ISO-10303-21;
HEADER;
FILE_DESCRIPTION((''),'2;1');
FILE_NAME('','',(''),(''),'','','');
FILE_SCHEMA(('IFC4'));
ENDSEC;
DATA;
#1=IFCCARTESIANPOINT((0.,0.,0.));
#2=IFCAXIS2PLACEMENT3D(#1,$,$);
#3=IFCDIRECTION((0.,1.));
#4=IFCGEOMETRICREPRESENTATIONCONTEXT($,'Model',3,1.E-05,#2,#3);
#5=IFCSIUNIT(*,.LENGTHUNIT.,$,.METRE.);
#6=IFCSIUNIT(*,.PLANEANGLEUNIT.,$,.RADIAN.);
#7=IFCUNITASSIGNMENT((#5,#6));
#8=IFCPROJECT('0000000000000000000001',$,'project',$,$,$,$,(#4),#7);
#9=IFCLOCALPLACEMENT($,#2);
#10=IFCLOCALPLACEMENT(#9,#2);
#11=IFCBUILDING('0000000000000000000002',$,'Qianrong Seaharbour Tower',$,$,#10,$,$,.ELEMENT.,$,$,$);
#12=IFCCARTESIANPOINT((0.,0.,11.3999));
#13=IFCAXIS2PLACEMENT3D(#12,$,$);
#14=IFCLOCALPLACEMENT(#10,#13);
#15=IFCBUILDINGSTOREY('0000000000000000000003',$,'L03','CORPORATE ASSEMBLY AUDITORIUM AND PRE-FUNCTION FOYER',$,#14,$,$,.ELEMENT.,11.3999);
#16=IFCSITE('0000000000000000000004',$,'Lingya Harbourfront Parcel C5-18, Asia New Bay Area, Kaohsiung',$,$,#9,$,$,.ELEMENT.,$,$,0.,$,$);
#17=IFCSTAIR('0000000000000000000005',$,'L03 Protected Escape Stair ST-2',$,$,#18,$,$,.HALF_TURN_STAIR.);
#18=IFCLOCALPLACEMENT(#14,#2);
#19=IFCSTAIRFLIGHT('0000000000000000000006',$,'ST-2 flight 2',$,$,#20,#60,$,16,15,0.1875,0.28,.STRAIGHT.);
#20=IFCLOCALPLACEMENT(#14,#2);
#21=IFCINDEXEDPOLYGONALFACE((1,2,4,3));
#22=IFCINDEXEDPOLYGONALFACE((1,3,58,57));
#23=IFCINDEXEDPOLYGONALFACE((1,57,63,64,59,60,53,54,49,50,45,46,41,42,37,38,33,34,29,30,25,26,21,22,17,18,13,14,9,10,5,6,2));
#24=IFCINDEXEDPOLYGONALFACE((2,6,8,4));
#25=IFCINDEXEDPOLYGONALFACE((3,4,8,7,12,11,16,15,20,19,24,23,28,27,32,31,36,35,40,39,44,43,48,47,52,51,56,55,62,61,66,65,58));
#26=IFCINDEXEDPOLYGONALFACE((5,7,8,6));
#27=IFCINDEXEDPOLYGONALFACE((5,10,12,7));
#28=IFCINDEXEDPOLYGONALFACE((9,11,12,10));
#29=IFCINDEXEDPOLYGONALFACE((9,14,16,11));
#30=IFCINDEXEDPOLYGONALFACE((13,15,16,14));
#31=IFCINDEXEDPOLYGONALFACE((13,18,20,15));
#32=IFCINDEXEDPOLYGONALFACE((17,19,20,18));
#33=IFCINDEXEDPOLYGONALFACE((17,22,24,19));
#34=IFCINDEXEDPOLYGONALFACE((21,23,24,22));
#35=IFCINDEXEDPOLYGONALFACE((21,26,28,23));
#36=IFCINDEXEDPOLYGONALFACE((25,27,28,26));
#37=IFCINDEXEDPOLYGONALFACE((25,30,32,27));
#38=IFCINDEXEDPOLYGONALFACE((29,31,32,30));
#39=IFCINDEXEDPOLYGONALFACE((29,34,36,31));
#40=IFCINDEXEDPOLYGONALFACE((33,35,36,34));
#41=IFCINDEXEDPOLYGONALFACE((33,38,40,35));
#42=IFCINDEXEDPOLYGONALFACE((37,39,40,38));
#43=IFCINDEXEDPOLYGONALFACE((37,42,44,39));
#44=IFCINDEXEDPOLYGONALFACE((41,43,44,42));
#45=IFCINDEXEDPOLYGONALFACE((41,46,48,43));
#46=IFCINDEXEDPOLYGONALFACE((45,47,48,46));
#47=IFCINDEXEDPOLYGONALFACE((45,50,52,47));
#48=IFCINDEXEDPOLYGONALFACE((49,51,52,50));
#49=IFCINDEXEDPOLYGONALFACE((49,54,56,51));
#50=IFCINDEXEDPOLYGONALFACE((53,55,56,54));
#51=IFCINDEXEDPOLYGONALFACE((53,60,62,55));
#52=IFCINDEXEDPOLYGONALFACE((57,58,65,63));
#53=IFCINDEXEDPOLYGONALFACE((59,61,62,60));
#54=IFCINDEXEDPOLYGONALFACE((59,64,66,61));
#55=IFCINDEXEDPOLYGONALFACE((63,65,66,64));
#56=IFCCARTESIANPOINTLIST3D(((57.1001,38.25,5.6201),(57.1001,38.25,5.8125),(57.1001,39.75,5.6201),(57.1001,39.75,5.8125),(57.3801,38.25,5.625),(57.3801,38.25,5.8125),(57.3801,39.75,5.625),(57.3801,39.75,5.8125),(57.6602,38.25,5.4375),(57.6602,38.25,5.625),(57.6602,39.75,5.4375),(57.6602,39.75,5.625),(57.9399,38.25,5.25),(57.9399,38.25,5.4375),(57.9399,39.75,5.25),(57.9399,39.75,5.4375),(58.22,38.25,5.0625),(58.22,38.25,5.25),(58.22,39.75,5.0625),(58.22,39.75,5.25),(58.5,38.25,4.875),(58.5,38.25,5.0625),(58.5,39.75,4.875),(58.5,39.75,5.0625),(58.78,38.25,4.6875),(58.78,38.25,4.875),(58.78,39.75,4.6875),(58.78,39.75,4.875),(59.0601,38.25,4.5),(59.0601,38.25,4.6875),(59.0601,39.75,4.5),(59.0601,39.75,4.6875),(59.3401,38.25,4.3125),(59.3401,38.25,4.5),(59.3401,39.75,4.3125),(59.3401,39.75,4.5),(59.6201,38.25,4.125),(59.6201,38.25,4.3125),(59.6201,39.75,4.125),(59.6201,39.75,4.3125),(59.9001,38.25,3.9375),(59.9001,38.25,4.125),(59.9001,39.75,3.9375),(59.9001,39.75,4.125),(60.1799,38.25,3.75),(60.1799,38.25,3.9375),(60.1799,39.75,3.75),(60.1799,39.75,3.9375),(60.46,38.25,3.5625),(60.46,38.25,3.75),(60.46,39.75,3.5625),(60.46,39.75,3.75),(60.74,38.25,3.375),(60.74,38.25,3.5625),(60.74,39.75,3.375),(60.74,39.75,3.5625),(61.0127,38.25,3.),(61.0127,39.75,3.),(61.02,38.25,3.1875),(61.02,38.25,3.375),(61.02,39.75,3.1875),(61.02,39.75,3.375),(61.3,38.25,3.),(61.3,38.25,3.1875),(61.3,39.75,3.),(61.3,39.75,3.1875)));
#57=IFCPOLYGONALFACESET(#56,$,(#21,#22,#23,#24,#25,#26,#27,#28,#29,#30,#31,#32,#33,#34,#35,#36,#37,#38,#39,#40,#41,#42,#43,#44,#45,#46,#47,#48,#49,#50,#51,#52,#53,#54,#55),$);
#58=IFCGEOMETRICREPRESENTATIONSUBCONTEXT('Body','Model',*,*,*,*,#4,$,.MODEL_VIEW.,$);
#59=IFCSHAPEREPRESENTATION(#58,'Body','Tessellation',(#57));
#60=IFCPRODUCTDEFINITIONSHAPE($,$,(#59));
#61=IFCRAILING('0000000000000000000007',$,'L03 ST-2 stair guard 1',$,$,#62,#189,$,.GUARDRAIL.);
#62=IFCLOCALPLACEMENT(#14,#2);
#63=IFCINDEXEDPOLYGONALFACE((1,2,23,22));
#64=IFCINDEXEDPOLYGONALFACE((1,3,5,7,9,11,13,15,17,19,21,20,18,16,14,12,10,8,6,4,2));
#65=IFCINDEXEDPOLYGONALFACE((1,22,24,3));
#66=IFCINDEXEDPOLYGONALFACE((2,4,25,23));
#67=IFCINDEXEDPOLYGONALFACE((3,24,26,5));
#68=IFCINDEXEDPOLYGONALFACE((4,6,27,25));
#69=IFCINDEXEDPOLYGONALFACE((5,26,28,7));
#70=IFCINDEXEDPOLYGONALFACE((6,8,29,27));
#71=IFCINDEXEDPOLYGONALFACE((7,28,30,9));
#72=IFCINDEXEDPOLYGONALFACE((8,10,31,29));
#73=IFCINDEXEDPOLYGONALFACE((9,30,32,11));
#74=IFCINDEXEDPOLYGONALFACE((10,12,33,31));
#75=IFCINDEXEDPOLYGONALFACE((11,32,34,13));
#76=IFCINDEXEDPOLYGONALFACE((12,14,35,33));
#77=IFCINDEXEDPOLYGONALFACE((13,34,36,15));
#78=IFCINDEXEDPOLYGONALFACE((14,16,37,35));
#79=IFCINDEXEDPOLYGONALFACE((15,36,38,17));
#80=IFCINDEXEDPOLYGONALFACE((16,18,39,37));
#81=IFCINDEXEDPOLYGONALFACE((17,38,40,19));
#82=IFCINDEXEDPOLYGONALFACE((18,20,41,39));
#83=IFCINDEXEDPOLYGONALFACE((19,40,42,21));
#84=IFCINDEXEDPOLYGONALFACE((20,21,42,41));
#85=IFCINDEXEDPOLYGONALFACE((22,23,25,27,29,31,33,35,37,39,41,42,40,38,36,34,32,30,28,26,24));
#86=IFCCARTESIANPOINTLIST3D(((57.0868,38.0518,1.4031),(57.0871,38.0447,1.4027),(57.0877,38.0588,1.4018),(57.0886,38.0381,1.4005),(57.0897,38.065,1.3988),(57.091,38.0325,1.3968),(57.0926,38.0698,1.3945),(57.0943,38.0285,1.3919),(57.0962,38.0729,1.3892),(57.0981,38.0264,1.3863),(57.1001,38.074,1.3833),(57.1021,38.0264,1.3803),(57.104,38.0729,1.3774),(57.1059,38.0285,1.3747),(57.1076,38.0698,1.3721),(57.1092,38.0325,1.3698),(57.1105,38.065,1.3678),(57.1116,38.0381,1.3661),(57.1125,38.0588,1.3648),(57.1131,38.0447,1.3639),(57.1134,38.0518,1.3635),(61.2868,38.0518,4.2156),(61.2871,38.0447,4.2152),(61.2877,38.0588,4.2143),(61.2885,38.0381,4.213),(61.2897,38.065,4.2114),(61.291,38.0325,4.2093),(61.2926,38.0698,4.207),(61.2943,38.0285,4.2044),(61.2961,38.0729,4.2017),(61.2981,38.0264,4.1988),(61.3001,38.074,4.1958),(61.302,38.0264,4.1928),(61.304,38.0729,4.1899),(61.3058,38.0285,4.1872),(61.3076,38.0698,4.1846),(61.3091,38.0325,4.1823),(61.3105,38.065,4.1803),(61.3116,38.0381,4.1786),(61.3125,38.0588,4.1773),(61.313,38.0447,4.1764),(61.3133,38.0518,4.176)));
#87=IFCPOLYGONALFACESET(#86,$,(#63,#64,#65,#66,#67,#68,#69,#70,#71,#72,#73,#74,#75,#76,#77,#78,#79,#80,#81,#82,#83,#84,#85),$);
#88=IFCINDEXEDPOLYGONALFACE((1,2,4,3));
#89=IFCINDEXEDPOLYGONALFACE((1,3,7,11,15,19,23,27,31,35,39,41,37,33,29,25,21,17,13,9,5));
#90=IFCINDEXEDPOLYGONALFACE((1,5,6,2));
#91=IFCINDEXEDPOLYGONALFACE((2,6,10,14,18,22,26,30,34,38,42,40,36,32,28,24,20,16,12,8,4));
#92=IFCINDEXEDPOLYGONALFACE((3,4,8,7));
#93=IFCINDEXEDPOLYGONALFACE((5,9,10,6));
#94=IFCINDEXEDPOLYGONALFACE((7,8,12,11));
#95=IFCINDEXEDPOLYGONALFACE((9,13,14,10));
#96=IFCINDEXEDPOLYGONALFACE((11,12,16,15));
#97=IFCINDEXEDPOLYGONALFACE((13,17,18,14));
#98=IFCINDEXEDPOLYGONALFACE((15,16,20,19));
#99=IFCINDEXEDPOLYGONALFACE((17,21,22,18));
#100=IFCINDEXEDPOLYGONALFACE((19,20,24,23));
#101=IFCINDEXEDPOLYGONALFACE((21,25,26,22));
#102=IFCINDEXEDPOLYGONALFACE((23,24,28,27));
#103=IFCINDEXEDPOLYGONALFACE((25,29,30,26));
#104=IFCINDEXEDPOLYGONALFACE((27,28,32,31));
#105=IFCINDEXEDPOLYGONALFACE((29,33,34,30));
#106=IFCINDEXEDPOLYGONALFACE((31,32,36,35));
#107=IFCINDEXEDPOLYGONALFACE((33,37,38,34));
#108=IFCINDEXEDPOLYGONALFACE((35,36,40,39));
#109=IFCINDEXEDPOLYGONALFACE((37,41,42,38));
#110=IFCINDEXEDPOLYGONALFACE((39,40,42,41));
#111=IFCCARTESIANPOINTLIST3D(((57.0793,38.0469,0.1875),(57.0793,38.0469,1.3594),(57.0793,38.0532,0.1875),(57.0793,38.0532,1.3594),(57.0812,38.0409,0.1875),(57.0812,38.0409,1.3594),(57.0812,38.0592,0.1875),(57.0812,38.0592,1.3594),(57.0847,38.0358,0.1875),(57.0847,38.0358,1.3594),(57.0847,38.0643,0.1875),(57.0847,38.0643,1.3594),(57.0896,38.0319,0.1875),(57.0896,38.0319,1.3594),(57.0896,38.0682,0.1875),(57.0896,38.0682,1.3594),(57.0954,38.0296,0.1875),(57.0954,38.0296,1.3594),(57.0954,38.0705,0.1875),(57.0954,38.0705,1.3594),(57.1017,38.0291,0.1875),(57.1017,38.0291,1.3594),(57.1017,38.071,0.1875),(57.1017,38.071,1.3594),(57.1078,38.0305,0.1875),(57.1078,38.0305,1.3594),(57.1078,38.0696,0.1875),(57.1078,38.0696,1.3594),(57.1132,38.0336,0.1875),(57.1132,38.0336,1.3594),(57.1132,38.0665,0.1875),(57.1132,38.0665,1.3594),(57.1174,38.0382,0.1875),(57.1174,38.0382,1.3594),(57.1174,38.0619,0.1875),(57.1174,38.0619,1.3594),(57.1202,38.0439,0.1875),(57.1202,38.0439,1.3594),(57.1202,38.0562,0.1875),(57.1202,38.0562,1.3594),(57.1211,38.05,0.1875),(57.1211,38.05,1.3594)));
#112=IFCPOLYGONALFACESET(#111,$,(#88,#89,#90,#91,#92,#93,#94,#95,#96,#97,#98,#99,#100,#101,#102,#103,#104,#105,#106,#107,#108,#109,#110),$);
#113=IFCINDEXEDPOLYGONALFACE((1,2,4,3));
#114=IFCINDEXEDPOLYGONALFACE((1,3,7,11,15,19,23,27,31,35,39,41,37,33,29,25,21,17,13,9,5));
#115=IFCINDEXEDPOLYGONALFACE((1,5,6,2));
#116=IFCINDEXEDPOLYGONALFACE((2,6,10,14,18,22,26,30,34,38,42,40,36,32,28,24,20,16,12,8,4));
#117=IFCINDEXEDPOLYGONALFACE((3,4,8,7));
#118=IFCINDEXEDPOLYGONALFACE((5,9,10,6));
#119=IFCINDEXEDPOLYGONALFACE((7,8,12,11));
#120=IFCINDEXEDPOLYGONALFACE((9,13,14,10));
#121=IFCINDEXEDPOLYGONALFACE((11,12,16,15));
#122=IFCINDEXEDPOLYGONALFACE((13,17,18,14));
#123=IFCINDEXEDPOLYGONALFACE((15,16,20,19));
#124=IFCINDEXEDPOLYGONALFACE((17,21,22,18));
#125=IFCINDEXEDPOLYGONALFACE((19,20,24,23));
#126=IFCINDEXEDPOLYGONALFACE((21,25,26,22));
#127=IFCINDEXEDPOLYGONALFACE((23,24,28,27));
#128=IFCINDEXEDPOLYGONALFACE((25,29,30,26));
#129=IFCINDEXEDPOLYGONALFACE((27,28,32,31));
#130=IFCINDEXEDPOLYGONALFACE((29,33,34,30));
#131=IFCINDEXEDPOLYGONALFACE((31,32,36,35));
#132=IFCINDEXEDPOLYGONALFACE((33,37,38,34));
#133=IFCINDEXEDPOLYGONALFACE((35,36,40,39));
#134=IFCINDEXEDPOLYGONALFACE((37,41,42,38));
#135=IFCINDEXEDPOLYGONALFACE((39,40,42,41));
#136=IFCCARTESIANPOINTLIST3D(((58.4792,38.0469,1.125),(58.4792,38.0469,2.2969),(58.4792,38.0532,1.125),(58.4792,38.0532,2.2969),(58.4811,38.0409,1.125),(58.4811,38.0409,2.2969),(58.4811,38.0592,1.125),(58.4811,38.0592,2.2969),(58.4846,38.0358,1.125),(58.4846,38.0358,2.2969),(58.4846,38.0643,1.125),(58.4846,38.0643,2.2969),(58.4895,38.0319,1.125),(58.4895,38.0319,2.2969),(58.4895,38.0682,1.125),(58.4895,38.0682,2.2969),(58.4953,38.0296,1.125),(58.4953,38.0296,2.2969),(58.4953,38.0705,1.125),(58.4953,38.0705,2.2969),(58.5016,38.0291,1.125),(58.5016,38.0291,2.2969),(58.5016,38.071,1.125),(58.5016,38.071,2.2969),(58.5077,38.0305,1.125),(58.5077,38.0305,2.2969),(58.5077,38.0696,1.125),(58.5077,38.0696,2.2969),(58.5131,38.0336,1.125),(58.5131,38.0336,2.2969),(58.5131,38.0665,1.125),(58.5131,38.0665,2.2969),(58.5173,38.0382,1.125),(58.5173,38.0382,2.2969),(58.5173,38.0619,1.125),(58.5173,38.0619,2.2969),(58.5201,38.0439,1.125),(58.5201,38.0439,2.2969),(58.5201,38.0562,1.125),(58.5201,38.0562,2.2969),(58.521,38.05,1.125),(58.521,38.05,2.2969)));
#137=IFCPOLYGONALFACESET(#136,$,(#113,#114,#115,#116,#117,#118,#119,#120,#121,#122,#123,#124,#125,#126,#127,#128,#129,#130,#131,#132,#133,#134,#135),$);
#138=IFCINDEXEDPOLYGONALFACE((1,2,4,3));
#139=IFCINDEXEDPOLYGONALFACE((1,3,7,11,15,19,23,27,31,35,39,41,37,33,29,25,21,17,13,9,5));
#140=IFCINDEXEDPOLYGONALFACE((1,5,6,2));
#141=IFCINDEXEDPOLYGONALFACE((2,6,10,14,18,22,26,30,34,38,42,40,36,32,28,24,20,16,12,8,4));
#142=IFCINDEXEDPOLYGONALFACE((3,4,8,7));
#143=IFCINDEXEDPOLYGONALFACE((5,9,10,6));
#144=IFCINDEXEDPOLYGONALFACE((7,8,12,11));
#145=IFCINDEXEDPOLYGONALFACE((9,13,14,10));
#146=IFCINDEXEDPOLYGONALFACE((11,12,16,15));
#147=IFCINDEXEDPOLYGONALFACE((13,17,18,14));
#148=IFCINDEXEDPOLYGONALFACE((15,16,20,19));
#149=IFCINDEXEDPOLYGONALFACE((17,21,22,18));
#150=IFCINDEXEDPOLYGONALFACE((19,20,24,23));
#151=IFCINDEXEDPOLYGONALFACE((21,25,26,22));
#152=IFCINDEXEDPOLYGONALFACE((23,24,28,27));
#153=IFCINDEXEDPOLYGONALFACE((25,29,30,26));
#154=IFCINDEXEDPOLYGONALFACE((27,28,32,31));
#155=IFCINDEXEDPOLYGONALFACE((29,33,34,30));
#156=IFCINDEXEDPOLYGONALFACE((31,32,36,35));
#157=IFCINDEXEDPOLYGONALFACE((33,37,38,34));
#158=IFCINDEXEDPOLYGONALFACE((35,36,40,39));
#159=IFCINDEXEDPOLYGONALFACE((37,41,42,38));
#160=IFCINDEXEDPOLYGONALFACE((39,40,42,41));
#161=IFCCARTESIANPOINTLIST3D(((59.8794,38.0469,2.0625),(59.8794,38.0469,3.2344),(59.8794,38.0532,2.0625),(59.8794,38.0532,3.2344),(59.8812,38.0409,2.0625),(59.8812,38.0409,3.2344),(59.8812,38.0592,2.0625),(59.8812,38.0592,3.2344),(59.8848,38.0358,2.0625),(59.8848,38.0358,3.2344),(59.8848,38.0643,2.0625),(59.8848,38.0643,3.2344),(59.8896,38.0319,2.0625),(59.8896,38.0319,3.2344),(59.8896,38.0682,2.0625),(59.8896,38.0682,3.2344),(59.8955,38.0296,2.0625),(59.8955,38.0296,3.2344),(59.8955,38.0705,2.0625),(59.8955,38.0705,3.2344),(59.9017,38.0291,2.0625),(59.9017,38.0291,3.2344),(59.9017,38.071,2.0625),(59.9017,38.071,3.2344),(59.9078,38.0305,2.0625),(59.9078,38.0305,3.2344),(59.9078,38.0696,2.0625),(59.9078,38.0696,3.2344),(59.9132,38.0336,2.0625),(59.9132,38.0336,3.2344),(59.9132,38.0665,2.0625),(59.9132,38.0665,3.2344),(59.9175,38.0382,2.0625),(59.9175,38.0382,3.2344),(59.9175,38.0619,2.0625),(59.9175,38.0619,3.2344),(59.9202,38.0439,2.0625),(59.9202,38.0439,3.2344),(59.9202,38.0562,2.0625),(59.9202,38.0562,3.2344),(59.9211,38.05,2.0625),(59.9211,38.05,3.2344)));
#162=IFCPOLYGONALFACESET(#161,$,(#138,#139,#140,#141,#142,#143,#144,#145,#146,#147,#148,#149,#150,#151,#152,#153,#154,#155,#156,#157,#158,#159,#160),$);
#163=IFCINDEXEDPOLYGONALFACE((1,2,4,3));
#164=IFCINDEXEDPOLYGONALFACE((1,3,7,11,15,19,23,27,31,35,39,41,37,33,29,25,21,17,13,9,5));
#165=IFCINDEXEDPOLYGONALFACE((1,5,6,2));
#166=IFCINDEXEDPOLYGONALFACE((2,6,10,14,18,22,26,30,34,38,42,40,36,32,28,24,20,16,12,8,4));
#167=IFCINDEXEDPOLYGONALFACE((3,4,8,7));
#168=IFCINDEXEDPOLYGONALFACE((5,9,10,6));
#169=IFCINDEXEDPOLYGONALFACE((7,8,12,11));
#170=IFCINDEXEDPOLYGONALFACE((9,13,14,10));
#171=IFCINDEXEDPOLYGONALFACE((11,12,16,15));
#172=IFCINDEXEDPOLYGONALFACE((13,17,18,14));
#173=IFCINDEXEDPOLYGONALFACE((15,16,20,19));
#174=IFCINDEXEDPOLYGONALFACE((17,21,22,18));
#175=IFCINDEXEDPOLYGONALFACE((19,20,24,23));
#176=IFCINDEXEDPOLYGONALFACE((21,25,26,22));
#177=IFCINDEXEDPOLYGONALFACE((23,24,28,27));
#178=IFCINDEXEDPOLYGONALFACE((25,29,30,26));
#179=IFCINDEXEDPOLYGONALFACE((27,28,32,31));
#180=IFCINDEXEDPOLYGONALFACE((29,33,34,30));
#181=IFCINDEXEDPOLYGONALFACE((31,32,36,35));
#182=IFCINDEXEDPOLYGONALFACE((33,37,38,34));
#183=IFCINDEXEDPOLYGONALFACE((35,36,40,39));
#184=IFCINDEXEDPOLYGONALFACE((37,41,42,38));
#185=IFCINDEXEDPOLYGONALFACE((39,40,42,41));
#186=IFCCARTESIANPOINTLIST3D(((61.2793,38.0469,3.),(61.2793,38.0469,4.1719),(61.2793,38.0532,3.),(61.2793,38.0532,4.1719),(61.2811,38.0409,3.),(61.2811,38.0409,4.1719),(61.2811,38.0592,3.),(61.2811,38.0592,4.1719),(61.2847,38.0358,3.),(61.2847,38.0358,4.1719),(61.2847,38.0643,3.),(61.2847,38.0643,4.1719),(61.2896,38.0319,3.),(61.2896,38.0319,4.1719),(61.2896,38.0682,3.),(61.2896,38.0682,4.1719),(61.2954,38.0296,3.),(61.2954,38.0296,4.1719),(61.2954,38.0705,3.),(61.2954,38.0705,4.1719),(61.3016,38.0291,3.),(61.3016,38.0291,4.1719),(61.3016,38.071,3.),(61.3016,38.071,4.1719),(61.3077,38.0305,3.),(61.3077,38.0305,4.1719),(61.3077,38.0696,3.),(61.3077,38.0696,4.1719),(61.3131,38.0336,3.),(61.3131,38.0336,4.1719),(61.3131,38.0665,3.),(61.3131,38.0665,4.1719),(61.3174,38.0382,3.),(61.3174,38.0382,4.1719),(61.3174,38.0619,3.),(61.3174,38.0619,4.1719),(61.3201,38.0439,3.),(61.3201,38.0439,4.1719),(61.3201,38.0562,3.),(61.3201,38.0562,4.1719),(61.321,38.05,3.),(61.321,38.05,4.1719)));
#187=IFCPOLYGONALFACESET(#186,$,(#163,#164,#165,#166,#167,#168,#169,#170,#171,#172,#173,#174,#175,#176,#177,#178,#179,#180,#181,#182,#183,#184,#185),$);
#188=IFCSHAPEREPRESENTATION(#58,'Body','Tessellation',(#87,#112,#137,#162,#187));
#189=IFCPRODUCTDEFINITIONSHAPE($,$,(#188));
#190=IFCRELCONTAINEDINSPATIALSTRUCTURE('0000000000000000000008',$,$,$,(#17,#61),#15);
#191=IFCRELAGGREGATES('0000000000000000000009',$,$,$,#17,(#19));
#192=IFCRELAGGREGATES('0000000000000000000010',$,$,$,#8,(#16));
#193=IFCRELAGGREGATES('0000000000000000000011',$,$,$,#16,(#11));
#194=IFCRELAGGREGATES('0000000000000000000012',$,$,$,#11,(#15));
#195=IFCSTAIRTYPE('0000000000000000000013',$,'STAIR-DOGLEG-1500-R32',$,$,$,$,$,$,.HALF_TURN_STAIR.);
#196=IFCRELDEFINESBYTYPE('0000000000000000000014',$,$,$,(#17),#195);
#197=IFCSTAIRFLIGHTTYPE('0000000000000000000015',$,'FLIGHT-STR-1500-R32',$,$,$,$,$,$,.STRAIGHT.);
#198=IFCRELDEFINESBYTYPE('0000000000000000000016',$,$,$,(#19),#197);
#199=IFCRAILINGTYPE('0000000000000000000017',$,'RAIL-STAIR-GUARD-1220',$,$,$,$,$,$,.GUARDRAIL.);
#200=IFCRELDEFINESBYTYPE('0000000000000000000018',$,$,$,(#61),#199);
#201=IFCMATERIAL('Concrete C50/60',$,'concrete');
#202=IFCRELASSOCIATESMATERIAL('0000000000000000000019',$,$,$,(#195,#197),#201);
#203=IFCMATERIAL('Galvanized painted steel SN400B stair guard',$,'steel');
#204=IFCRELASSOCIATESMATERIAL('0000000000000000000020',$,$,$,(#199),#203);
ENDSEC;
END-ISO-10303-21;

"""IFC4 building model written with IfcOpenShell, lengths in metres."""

from ifc_helpers import new_model, si_unit, direction, frame, origin, origin_2d, place, context, subcontext, project, spatial, polyline, circle, outline, extrude, material, type_object, element, aggregate, save


model = new_model("IFC4")

# Units and contexts
model_context = context("Model", 3, precision=1e-05, world=origin(), true_north=direction((0.0, 1.0)))
body_context = subcontext(model_context, "Body", "Model", "MODEL_VIEW")
ifc_project = project(units=[si_unit("LENGTHUNIT", "METRE"), si_unit("PLANEANGLEUNIT", "RADIAN")], contexts=[model_context])

# Site, building, storey
site_placement = place(None, origin())
site = spatial("IfcSite", under=ifc_project, at=site_placement, Name="Lingya Harbourfront Parcel C5-18, Asia New Bay Area, Kaohsiung", CompositionType="ELEMENT", RefElevation=0.0)
building_placement = place(site_placement, origin())
building = spatial("IfcBuilding", under=site, at=building_placement, Name="Qianrong Seaharbour Tower", CompositionType="ELEMENT")
storey_placement = place(building_placement, frame((0.0, 0.0, 11.3999)))
storey = spatial("IfcBuildingStorey", under=building, at=storey_placement, Name="L03", Description="CORPORATE ASSEMBLY AUDITORIUM AND PRE-FUNCTION FOYER", CompositionType="ELEMENT", Elevation=11.3999)

# Shared definitions
ifc_material_1 = material(Name="Concrete C50/60", Category="concrete")

# Stair, stair flight
stair_type = type_object("IfcStairType", Name="STAIR-DOGLEG-1500-R32", PredefinedType="HALF_TURN_STAIR", material=ifc_material_1)
stair_placement = place(storey_placement, origin())
stair = element("IfcStair", 1, at=stair_placement, inside=storey, type_object=stair_type, Name="L03 Protected Escape Stair ST-2", PredefinedType="HALF_TURN_STAIR")
stair_flight_type = type_object("IfcStairFlightType", Name="FLIGHT-STR-1500-R32", PredefinedType="STRAIGHT", material=ifc_material_1)
stair_flight_1_placement = place(storey_placement, frame((61.3, 39.0, 3.0), z_axis=(0.0, 0.0, 1.0), x_axis=(-1.0, 0.0, 0.0)))
stair_flight_1 = element("IfcStairFlight", 2, at=stair_flight_1_placement, type_object=stair_flight_type, Name="ST-2 flight 2", NumberOfRisers=16, NumberOfTreads=15, PredefinedType="STRAIGHT", RiserHeight=0.1875, TreadLength=0.28, context=body_context, shape_type="SweptSolid", body=[
    extrude(outline(polyline([(0.0, 0.0), (0.0, 0.1875), (0.28, 0.1875), (0.28, 0.375), (0.5601, 0.375), (0.5601, 0.5625), (0.8401, 0.5625), (0.8401, 0.75), (1.1201, 0.75), (1.1201, 0.9375), (1.3999, 0.9375), (1.3999, 1.125), (1.6799, 1.125), (1.6799, 1.3125), (1.96, 1.3125), (1.96, 1.5), (2.24, 1.5), (2.24, 1.6875), (2.52, 1.6875), (2.52, 1.875), (2.8, 1.875), (2.8, 2.0625), (3.0801, 2.0625), (3.0801, 2.25), (3.3601, 2.25), (3.3601, 2.4375), (3.6399, 2.4375), (3.6399, 2.625), (3.9199, 2.625), (3.9199, 2.8125), (4.2, 2.8125), (4.2, 3.0), (4.2, 2.6201), (0.2874, 0.0), (0.0, 0.0)])), frame((0.0, 0.75, 0.0), z_axis=(0.0, -1.0, 0.0), x_axis=(1.0, 0.0, 0.0)), (0.0, 0.0, 1.0), 1.5),
])
aggregate(stair, [stair_flight_1])

# Railing
ifc_material_2 = material(Name="Galvanized painted steel SN400B stair guard", Category="steel")
railing_type_1 = type_object("IfcRailingType", Name="RAIL-STAIR-GUARD-1220", PredefinedType="GUARDRAIL", material=ifc_material_2)
railing_1_placement = place(storey_placement, frame((57.1001, 38.05, 0.1875)))
element("IfcRailing", 3, at=railing_1_placement, inside=storey, type_object=railing_type_1, Name="L03 ST-2 stair guard 1", PredefinedType="GUARDRAIL", context=body_context, shape_type="SweptSolid", body=[
    extrude(circle(Radius=0.0239, at=origin_2d()), frame((0.0, 0.0, 1.1958), z_axis=(0.830904, 0.0, 0.556416), x_axis=(0.0, 1.0, 0.0)), (0.0, 0.0, 1.0), 5.0547),
    extrude(circle(Radius=0.021, at=origin_2d()), origin(), (0.0, 0.0, 1.0), 1.1719),
    extrude(circle(Radius=0.021, at=origin_2d()), frame((1.3999, 0.0, 0.9375)), (0.0, 0.0, 1.0), 1.1719),
    extrude(circle(Radius=0.021, at=origin_2d()), frame((2.8, 0.0, 1.875)), (0.0, 0.0, 1.0), 1.1719),
    extrude(circle(Radius=0.021, at=origin_2d()), frame((4.2, 0.0, 2.8125)), (0.0, 0.0, 1.0), 1.1719),
])

save(model, "model.ifc")
